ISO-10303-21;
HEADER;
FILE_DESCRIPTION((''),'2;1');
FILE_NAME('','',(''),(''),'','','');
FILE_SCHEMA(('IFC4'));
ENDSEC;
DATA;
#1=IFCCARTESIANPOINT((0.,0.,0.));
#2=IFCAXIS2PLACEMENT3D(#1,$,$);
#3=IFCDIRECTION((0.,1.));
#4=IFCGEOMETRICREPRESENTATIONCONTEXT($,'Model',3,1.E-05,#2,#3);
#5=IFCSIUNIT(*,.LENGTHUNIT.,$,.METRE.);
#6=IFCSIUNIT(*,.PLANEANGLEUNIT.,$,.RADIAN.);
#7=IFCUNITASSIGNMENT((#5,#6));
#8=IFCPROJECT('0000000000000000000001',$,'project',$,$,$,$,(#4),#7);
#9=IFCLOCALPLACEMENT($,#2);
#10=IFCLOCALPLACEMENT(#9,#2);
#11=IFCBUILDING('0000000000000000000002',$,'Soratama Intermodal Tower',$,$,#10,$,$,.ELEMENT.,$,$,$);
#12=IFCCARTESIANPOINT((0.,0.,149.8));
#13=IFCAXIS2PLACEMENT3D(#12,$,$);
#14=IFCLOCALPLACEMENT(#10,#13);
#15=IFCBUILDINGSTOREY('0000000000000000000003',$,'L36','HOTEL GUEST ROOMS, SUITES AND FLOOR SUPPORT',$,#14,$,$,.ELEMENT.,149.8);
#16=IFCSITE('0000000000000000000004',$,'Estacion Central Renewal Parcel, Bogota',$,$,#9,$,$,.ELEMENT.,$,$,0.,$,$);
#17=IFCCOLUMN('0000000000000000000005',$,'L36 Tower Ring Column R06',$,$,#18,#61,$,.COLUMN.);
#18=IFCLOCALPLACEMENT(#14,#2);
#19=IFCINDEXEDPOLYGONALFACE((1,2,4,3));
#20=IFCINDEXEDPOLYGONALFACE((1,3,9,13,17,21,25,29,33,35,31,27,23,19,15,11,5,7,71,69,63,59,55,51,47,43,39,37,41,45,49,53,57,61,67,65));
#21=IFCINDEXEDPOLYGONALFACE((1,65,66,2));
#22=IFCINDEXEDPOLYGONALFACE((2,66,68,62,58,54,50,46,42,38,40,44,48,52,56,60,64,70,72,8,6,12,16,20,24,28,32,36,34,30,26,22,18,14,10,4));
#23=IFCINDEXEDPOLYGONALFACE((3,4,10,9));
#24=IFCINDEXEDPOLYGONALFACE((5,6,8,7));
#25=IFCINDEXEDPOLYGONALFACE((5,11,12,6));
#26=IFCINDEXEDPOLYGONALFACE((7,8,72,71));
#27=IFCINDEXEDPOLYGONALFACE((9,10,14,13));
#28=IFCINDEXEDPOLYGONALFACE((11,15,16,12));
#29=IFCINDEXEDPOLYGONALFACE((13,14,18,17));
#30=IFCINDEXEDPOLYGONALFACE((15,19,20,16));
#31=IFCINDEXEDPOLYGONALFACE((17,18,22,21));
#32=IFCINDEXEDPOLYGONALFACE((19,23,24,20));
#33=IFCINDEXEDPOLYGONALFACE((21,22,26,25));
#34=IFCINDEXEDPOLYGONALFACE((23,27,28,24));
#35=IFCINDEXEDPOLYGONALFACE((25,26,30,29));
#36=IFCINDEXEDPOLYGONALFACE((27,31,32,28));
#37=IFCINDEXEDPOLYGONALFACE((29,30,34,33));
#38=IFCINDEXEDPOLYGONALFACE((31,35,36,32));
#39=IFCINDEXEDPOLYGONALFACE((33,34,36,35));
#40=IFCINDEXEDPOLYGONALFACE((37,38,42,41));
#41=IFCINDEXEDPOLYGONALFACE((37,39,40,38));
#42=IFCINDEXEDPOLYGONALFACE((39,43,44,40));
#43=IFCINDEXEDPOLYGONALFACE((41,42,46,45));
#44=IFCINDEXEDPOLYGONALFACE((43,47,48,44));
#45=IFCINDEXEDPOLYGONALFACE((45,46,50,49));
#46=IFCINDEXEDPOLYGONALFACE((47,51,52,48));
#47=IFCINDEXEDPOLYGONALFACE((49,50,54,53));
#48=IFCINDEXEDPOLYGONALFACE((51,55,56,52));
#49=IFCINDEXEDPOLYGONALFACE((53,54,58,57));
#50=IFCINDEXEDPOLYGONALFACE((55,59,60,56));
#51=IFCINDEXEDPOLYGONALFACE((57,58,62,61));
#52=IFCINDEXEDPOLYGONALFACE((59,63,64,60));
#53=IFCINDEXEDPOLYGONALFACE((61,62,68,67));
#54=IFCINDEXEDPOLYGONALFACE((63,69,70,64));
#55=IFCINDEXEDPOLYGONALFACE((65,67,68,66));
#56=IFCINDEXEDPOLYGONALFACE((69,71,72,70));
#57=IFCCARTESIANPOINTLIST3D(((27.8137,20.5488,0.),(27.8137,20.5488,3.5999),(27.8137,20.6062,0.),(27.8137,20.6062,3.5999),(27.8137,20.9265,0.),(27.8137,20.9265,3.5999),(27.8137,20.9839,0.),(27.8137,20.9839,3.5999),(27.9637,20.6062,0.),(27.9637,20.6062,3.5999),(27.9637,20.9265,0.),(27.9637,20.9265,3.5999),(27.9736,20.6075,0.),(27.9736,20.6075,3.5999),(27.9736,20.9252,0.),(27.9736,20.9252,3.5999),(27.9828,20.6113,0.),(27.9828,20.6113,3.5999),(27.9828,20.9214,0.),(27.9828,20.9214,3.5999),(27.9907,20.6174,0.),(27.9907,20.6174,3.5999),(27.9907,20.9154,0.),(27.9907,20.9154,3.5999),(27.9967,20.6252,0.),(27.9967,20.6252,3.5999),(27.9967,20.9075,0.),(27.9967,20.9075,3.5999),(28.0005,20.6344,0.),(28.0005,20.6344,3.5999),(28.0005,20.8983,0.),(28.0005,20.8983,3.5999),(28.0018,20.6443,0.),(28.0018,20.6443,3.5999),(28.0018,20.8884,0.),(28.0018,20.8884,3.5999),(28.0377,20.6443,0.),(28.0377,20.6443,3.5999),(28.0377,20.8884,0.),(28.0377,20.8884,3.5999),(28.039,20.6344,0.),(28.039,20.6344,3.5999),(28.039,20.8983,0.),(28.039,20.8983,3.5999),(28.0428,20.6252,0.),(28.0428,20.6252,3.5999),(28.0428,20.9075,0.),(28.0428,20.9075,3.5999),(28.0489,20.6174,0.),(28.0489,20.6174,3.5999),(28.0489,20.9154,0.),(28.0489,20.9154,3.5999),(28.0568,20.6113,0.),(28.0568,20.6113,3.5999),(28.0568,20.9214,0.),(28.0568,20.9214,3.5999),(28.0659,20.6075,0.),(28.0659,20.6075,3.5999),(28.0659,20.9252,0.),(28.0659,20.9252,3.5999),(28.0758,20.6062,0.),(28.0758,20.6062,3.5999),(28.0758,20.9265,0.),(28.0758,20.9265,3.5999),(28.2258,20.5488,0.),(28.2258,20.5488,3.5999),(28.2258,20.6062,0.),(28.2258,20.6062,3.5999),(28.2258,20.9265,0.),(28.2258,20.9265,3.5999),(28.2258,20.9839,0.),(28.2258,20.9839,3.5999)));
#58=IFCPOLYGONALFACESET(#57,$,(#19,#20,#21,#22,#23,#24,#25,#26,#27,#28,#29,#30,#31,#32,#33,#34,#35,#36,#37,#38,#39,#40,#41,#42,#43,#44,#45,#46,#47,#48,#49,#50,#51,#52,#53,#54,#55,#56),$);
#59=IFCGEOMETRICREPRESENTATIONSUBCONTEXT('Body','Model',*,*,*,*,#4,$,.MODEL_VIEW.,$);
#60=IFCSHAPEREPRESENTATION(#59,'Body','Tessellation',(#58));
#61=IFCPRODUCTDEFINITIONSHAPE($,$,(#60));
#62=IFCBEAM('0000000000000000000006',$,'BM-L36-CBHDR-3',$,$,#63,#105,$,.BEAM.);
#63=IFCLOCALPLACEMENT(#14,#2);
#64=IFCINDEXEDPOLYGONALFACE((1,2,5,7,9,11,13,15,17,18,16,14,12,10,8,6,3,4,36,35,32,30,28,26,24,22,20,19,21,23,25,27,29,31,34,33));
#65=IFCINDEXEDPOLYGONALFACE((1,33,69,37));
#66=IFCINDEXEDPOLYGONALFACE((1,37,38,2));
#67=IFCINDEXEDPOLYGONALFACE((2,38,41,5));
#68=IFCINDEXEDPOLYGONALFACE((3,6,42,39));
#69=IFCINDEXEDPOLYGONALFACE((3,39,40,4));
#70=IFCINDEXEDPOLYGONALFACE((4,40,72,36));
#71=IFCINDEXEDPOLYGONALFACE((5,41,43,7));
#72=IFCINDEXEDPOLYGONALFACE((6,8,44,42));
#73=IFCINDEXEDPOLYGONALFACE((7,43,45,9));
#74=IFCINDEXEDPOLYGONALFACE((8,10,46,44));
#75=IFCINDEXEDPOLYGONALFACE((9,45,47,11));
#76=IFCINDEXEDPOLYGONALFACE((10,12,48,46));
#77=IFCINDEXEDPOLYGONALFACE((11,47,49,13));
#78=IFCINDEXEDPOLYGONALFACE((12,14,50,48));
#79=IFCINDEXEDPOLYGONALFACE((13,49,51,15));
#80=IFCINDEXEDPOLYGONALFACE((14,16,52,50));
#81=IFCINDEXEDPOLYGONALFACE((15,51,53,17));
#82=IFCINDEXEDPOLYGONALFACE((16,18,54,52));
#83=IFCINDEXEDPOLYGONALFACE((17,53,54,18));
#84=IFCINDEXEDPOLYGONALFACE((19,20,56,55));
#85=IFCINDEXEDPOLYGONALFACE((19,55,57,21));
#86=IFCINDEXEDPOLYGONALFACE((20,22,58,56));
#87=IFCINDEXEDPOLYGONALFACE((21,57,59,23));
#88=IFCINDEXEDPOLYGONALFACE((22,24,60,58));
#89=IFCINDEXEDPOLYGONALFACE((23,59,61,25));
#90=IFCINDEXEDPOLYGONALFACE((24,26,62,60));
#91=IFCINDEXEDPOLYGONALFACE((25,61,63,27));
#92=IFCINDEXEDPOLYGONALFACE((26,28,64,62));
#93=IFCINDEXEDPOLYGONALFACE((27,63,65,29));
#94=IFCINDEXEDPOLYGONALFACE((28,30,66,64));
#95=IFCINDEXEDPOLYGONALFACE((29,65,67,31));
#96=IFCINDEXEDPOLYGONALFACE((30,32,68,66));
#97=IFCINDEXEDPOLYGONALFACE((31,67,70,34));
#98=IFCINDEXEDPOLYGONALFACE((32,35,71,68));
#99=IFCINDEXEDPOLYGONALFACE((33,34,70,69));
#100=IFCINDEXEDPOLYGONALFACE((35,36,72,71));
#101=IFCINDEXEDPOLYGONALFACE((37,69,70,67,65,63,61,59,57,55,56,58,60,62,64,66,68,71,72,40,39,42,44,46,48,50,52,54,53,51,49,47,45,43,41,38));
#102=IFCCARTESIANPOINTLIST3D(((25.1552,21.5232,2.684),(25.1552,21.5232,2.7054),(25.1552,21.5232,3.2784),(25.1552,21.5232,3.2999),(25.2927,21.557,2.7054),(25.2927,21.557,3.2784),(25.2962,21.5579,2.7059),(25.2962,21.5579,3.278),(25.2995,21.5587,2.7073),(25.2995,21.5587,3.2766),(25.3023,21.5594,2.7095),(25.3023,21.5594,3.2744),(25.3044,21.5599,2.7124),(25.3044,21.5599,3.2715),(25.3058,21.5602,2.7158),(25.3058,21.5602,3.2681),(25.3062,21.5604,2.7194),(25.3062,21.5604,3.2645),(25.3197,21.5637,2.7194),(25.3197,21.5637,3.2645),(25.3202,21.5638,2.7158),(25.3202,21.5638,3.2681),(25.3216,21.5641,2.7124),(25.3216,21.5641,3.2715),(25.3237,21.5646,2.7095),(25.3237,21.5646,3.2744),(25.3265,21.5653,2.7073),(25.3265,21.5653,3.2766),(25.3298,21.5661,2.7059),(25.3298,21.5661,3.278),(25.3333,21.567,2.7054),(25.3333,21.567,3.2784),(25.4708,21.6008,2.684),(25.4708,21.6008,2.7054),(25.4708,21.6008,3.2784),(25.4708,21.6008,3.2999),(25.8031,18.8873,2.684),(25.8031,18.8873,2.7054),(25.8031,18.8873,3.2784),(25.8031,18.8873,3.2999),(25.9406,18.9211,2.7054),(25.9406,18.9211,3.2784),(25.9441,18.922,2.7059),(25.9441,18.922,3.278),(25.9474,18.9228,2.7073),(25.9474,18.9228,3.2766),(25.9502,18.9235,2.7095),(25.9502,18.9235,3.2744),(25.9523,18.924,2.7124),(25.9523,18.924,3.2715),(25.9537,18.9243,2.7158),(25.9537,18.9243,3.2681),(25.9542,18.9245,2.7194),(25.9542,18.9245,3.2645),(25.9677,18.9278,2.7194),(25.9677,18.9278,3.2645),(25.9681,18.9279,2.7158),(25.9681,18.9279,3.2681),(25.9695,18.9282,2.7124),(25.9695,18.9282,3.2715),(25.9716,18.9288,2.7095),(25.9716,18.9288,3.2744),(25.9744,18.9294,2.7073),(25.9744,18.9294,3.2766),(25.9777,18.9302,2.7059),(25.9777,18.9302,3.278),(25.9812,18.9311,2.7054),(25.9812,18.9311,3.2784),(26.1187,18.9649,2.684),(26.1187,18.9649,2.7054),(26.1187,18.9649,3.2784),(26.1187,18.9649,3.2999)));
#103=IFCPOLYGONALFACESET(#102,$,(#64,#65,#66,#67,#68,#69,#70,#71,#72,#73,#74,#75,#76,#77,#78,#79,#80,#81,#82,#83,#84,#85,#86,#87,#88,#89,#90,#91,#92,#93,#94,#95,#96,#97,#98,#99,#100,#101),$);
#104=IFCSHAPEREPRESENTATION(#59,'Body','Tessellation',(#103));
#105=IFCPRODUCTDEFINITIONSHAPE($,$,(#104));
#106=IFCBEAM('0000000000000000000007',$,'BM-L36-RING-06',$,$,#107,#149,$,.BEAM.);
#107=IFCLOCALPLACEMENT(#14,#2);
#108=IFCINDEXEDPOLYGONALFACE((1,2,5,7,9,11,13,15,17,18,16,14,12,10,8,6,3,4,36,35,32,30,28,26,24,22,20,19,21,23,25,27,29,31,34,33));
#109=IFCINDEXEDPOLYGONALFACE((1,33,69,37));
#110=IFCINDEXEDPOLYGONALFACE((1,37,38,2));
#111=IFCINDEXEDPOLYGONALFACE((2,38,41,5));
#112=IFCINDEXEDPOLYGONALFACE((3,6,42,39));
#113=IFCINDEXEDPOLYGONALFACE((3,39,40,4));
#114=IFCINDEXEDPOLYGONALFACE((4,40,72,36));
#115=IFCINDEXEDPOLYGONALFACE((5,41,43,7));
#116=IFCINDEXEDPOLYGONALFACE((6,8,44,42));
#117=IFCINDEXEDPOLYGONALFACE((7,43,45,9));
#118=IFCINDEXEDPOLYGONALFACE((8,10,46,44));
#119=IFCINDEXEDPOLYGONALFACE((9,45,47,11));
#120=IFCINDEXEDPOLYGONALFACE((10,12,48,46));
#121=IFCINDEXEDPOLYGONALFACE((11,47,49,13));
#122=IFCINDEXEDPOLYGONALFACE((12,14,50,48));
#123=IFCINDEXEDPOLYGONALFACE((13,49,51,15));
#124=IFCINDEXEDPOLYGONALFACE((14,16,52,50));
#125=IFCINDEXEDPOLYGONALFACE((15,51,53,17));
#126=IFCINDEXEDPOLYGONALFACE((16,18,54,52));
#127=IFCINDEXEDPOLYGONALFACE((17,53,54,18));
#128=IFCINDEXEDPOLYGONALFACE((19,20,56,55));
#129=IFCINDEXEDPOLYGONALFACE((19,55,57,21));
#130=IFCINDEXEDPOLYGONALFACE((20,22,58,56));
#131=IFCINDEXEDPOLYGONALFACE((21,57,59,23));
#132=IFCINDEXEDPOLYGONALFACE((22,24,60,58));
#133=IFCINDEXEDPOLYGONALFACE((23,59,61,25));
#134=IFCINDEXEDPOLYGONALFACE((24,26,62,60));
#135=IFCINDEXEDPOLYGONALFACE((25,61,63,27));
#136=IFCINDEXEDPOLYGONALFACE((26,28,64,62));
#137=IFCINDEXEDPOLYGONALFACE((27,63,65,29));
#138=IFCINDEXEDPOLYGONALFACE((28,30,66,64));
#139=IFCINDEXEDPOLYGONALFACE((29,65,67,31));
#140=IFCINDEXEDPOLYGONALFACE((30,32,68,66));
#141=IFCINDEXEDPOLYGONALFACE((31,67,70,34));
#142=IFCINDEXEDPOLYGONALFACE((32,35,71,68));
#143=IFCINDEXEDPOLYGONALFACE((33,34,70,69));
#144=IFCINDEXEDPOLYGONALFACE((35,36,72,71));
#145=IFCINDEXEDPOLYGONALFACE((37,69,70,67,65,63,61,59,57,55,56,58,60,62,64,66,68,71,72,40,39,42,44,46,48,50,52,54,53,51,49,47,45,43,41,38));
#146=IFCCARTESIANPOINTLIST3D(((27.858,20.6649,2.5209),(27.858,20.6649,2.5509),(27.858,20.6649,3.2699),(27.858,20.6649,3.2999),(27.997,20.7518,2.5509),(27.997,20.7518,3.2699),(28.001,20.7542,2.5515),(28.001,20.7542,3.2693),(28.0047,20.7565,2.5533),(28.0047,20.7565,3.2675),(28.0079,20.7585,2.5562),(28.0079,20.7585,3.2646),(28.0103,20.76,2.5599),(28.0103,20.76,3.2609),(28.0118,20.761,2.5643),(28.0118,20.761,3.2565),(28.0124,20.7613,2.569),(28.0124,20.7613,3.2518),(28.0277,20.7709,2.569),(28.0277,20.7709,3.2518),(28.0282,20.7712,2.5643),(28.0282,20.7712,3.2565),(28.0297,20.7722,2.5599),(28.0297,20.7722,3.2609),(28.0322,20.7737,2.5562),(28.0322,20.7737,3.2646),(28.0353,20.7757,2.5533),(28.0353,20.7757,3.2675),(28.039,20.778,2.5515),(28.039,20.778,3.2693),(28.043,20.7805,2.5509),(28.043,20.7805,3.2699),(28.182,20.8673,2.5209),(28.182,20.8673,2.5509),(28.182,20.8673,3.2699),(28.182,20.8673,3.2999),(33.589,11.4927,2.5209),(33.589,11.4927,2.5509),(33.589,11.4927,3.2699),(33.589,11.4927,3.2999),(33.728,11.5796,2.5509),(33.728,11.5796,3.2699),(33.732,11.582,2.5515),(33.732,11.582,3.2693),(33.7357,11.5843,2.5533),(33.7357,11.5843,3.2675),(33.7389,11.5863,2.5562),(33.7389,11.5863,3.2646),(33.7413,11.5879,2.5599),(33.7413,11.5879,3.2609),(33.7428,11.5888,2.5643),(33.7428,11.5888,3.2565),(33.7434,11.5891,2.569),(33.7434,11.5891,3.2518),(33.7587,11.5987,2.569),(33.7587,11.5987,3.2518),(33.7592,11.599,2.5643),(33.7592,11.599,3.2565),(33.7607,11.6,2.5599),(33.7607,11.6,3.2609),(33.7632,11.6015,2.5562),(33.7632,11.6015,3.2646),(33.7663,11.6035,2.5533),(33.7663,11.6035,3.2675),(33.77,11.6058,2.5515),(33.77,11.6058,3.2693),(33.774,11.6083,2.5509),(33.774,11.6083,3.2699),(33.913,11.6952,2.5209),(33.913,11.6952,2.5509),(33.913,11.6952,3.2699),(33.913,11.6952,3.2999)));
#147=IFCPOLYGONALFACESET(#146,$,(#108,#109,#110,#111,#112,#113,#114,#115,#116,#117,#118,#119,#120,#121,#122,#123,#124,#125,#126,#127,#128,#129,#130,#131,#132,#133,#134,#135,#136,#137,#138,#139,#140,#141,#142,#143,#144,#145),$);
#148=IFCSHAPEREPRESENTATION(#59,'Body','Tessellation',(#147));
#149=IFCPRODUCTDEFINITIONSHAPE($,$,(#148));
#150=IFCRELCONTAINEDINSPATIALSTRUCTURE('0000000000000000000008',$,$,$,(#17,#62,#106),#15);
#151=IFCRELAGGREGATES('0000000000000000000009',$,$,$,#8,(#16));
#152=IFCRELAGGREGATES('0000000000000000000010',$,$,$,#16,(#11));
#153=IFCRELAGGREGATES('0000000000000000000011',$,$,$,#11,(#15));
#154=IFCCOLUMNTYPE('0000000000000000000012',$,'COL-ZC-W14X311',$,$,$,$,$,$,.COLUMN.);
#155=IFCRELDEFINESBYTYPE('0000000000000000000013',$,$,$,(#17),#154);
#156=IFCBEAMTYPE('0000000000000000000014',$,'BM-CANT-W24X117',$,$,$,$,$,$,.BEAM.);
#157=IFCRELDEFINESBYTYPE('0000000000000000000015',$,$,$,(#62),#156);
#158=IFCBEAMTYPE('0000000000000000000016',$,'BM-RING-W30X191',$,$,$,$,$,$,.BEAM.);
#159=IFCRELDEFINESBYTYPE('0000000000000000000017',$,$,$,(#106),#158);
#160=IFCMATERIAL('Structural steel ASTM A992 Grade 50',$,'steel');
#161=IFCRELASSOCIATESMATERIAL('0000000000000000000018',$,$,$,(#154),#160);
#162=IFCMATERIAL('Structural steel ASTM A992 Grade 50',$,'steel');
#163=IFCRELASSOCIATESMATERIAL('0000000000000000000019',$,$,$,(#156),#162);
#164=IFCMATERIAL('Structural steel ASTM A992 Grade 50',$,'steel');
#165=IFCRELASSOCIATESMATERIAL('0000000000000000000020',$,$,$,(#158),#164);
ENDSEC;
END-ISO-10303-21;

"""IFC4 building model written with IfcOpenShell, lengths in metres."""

from ifc_helpers import new_model, si_unit, direction, frame, origin, origin_2d, place, context, subcontext, project, spatial, i_section, extrude, material, material_profile, profile_set, type_object, element, save


model = new_model("IFC4")

# Units and contexts
model_context = context("Model", 3, precision=1e-05, world=origin(), true_north=direction((0.0, 1.0)))
body_context = subcontext(model_context, "Body", "Model", "MODEL_VIEW")
ifc_project = project(units=[si_unit("LENGTHUNIT", "METRE"), si_unit("PLANEANGLEUNIT", "RADIAN")], contexts=[model_context])

# Site, building, storey
site_placement = place(None, origin())
site = spatial("IfcSite", under=ifc_project, at=site_placement, Name="Estacion Central Renewal Parcel, Bogota", CompositionType="ELEMENT", RefElevation=0.0)
building_placement = place(site_placement, origin())
building = spatial("IfcBuilding", under=site, at=building_placement, Name="Soratama Intermodal Tower", CompositionType="ELEMENT")
storey_placement = place(building_placement, frame((0.0, 0.0, 149.8)))
storey = spatial("IfcBuildingStorey", under=building, at=storey_placement, Name="L36", Description="HOTEL GUEST ROOMS, SUITES AND FLOOR SUPPORT", CompositionType="ELEMENT", Elevation=149.8)

# Column
ifc_material_1 = material(Name="Structural steel ASTM A992 Grade 50", Category="steel")
ifc_material_profile_1 = material_profile(ifc_material_1, i_section(OverallWidth=0.4121, OverallDepth=0.4351, WebThickness=0.0359, FlangeThickness=0.0574, FilletRadius=0.0381, at=origin_2d()), Name="W14X311")
ifc_profile_set_1 = profile_set([ifc_material_profile_1], Name="Structural steel ASTM A992 Grade 50")
column_type = type_object("IfcColumnType", Name="COL-ZC-W14X311", PredefinedType="COLUMN", material=ifc_profile_set_1)
column_placement = place(storey_placement, frame((28.0198, 20.7664, 0.0), z_axis=(0.0, 0.0, 1.0), x_axis=(1.0, 0.0, 0.0)))
element("IfcColumn", 1, at=column_placement, inside=storey, type_object=column_type, Name="L36 Tower Ring Column R06", PredefinedType="COLUMN", context=body_context, shape_type="SweptSolid", body=[
    extrude(i_section(OverallWidth=0.4121, OverallDepth=0.4351, WebThickness=0.0359, FlangeThickness=0.0574, FilletRadius=0.0381, at=origin_2d()), origin(), (0.0, 0.0, 1.0), 3.5999),
])

# Beams
ifc_material_2 = material(Name="Structural steel ASTM A992 Grade 50", Category="steel")
ifc_material_profile_2 = material_profile(ifc_material_2, i_section(OverallWidth=0.325, OverallDepth=0.616, WebThickness=0.0139, FlangeThickness=0.0215, FilletRadius=0.0139, at=origin_2d()), Name="W24X117")
ifc_profile_set_2 = profile_set([ifc_material_profile_2], Name="Structural steel ASTM A992 Grade 50")
beam_type_1 = type_object("IfcBeamType", Name="BM-CANT-W24X117", PredefinedType="BEAM", material=ifc_profile_set_2)
beam_1_placement = place(storey_placement, frame((25.313, 21.562, 2.9919), z_axis=(0.238703, -0.971093, 0.0), x_axis=(0.971093, 0.238703, 0.0)))
element("IfcBeam", 2, at=beam_1_placement, inside=storey, type_object=beam_type_1, Name="BM-L36-CBHDR-3", PredefinedType="BEAM", context=body_context, shape_type="SweptSolid", body=[
    extrude(i_section(OverallWidth=0.325, OverallDepth=0.616, WebThickness=0.0139, FlangeThickness=0.0215, FilletRadius=0.0139, at=origin_2d()), origin(), (0.0, 0.0, 1.0), 2.7144),
])
ifc_material_3 = material(Name="Structural steel ASTM A992 Grade 50", Category="steel")
ifc_material_profile_3 = material_profile(ifc_material_3, i_section(OverallWidth=0.3821, OverallDepth=0.7791, WebThickness=0.0181, FlangeThickness=0.03, FilletRadius=0.0181, at=origin_2d()), Name="W30X191")
ifc_profile_set_3 = profile_set([ifc_material_profile_3], Name="Structural steel ASTM A992 Grade 50")
beam_type_2 = type_object("IfcBeamType", Name="BM-RING-W30X191", PredefinedType="BEAM", material=ifc_profile_set_3)
beam_2_placement = place(storey_placement, frame((28.02, 20.7661, 2.9104), z_axis=(0.529891, -0.848066, 0.0), x_axis=(0.848066, 0.529891, 0.0)))
element("IfcBeam", 3, at=beam_2_placement, inside=storey, type_object=beam_type_2, Name="BM-L36-RING-06", PredefinedType="BEAM", context=body_context, shape_type="SweptSolid", body=[
    extrude(i_section(OverallWidth=0.3821, OverallDepth=0.7791, WebThickness=0.0181, FlangeThickness=0.03, FilletRadius=0.0181, at=origin_2d()), origin(), (0.0, 0.0, 1.0), 10.8154),
])

save(model, "model.ifc")
